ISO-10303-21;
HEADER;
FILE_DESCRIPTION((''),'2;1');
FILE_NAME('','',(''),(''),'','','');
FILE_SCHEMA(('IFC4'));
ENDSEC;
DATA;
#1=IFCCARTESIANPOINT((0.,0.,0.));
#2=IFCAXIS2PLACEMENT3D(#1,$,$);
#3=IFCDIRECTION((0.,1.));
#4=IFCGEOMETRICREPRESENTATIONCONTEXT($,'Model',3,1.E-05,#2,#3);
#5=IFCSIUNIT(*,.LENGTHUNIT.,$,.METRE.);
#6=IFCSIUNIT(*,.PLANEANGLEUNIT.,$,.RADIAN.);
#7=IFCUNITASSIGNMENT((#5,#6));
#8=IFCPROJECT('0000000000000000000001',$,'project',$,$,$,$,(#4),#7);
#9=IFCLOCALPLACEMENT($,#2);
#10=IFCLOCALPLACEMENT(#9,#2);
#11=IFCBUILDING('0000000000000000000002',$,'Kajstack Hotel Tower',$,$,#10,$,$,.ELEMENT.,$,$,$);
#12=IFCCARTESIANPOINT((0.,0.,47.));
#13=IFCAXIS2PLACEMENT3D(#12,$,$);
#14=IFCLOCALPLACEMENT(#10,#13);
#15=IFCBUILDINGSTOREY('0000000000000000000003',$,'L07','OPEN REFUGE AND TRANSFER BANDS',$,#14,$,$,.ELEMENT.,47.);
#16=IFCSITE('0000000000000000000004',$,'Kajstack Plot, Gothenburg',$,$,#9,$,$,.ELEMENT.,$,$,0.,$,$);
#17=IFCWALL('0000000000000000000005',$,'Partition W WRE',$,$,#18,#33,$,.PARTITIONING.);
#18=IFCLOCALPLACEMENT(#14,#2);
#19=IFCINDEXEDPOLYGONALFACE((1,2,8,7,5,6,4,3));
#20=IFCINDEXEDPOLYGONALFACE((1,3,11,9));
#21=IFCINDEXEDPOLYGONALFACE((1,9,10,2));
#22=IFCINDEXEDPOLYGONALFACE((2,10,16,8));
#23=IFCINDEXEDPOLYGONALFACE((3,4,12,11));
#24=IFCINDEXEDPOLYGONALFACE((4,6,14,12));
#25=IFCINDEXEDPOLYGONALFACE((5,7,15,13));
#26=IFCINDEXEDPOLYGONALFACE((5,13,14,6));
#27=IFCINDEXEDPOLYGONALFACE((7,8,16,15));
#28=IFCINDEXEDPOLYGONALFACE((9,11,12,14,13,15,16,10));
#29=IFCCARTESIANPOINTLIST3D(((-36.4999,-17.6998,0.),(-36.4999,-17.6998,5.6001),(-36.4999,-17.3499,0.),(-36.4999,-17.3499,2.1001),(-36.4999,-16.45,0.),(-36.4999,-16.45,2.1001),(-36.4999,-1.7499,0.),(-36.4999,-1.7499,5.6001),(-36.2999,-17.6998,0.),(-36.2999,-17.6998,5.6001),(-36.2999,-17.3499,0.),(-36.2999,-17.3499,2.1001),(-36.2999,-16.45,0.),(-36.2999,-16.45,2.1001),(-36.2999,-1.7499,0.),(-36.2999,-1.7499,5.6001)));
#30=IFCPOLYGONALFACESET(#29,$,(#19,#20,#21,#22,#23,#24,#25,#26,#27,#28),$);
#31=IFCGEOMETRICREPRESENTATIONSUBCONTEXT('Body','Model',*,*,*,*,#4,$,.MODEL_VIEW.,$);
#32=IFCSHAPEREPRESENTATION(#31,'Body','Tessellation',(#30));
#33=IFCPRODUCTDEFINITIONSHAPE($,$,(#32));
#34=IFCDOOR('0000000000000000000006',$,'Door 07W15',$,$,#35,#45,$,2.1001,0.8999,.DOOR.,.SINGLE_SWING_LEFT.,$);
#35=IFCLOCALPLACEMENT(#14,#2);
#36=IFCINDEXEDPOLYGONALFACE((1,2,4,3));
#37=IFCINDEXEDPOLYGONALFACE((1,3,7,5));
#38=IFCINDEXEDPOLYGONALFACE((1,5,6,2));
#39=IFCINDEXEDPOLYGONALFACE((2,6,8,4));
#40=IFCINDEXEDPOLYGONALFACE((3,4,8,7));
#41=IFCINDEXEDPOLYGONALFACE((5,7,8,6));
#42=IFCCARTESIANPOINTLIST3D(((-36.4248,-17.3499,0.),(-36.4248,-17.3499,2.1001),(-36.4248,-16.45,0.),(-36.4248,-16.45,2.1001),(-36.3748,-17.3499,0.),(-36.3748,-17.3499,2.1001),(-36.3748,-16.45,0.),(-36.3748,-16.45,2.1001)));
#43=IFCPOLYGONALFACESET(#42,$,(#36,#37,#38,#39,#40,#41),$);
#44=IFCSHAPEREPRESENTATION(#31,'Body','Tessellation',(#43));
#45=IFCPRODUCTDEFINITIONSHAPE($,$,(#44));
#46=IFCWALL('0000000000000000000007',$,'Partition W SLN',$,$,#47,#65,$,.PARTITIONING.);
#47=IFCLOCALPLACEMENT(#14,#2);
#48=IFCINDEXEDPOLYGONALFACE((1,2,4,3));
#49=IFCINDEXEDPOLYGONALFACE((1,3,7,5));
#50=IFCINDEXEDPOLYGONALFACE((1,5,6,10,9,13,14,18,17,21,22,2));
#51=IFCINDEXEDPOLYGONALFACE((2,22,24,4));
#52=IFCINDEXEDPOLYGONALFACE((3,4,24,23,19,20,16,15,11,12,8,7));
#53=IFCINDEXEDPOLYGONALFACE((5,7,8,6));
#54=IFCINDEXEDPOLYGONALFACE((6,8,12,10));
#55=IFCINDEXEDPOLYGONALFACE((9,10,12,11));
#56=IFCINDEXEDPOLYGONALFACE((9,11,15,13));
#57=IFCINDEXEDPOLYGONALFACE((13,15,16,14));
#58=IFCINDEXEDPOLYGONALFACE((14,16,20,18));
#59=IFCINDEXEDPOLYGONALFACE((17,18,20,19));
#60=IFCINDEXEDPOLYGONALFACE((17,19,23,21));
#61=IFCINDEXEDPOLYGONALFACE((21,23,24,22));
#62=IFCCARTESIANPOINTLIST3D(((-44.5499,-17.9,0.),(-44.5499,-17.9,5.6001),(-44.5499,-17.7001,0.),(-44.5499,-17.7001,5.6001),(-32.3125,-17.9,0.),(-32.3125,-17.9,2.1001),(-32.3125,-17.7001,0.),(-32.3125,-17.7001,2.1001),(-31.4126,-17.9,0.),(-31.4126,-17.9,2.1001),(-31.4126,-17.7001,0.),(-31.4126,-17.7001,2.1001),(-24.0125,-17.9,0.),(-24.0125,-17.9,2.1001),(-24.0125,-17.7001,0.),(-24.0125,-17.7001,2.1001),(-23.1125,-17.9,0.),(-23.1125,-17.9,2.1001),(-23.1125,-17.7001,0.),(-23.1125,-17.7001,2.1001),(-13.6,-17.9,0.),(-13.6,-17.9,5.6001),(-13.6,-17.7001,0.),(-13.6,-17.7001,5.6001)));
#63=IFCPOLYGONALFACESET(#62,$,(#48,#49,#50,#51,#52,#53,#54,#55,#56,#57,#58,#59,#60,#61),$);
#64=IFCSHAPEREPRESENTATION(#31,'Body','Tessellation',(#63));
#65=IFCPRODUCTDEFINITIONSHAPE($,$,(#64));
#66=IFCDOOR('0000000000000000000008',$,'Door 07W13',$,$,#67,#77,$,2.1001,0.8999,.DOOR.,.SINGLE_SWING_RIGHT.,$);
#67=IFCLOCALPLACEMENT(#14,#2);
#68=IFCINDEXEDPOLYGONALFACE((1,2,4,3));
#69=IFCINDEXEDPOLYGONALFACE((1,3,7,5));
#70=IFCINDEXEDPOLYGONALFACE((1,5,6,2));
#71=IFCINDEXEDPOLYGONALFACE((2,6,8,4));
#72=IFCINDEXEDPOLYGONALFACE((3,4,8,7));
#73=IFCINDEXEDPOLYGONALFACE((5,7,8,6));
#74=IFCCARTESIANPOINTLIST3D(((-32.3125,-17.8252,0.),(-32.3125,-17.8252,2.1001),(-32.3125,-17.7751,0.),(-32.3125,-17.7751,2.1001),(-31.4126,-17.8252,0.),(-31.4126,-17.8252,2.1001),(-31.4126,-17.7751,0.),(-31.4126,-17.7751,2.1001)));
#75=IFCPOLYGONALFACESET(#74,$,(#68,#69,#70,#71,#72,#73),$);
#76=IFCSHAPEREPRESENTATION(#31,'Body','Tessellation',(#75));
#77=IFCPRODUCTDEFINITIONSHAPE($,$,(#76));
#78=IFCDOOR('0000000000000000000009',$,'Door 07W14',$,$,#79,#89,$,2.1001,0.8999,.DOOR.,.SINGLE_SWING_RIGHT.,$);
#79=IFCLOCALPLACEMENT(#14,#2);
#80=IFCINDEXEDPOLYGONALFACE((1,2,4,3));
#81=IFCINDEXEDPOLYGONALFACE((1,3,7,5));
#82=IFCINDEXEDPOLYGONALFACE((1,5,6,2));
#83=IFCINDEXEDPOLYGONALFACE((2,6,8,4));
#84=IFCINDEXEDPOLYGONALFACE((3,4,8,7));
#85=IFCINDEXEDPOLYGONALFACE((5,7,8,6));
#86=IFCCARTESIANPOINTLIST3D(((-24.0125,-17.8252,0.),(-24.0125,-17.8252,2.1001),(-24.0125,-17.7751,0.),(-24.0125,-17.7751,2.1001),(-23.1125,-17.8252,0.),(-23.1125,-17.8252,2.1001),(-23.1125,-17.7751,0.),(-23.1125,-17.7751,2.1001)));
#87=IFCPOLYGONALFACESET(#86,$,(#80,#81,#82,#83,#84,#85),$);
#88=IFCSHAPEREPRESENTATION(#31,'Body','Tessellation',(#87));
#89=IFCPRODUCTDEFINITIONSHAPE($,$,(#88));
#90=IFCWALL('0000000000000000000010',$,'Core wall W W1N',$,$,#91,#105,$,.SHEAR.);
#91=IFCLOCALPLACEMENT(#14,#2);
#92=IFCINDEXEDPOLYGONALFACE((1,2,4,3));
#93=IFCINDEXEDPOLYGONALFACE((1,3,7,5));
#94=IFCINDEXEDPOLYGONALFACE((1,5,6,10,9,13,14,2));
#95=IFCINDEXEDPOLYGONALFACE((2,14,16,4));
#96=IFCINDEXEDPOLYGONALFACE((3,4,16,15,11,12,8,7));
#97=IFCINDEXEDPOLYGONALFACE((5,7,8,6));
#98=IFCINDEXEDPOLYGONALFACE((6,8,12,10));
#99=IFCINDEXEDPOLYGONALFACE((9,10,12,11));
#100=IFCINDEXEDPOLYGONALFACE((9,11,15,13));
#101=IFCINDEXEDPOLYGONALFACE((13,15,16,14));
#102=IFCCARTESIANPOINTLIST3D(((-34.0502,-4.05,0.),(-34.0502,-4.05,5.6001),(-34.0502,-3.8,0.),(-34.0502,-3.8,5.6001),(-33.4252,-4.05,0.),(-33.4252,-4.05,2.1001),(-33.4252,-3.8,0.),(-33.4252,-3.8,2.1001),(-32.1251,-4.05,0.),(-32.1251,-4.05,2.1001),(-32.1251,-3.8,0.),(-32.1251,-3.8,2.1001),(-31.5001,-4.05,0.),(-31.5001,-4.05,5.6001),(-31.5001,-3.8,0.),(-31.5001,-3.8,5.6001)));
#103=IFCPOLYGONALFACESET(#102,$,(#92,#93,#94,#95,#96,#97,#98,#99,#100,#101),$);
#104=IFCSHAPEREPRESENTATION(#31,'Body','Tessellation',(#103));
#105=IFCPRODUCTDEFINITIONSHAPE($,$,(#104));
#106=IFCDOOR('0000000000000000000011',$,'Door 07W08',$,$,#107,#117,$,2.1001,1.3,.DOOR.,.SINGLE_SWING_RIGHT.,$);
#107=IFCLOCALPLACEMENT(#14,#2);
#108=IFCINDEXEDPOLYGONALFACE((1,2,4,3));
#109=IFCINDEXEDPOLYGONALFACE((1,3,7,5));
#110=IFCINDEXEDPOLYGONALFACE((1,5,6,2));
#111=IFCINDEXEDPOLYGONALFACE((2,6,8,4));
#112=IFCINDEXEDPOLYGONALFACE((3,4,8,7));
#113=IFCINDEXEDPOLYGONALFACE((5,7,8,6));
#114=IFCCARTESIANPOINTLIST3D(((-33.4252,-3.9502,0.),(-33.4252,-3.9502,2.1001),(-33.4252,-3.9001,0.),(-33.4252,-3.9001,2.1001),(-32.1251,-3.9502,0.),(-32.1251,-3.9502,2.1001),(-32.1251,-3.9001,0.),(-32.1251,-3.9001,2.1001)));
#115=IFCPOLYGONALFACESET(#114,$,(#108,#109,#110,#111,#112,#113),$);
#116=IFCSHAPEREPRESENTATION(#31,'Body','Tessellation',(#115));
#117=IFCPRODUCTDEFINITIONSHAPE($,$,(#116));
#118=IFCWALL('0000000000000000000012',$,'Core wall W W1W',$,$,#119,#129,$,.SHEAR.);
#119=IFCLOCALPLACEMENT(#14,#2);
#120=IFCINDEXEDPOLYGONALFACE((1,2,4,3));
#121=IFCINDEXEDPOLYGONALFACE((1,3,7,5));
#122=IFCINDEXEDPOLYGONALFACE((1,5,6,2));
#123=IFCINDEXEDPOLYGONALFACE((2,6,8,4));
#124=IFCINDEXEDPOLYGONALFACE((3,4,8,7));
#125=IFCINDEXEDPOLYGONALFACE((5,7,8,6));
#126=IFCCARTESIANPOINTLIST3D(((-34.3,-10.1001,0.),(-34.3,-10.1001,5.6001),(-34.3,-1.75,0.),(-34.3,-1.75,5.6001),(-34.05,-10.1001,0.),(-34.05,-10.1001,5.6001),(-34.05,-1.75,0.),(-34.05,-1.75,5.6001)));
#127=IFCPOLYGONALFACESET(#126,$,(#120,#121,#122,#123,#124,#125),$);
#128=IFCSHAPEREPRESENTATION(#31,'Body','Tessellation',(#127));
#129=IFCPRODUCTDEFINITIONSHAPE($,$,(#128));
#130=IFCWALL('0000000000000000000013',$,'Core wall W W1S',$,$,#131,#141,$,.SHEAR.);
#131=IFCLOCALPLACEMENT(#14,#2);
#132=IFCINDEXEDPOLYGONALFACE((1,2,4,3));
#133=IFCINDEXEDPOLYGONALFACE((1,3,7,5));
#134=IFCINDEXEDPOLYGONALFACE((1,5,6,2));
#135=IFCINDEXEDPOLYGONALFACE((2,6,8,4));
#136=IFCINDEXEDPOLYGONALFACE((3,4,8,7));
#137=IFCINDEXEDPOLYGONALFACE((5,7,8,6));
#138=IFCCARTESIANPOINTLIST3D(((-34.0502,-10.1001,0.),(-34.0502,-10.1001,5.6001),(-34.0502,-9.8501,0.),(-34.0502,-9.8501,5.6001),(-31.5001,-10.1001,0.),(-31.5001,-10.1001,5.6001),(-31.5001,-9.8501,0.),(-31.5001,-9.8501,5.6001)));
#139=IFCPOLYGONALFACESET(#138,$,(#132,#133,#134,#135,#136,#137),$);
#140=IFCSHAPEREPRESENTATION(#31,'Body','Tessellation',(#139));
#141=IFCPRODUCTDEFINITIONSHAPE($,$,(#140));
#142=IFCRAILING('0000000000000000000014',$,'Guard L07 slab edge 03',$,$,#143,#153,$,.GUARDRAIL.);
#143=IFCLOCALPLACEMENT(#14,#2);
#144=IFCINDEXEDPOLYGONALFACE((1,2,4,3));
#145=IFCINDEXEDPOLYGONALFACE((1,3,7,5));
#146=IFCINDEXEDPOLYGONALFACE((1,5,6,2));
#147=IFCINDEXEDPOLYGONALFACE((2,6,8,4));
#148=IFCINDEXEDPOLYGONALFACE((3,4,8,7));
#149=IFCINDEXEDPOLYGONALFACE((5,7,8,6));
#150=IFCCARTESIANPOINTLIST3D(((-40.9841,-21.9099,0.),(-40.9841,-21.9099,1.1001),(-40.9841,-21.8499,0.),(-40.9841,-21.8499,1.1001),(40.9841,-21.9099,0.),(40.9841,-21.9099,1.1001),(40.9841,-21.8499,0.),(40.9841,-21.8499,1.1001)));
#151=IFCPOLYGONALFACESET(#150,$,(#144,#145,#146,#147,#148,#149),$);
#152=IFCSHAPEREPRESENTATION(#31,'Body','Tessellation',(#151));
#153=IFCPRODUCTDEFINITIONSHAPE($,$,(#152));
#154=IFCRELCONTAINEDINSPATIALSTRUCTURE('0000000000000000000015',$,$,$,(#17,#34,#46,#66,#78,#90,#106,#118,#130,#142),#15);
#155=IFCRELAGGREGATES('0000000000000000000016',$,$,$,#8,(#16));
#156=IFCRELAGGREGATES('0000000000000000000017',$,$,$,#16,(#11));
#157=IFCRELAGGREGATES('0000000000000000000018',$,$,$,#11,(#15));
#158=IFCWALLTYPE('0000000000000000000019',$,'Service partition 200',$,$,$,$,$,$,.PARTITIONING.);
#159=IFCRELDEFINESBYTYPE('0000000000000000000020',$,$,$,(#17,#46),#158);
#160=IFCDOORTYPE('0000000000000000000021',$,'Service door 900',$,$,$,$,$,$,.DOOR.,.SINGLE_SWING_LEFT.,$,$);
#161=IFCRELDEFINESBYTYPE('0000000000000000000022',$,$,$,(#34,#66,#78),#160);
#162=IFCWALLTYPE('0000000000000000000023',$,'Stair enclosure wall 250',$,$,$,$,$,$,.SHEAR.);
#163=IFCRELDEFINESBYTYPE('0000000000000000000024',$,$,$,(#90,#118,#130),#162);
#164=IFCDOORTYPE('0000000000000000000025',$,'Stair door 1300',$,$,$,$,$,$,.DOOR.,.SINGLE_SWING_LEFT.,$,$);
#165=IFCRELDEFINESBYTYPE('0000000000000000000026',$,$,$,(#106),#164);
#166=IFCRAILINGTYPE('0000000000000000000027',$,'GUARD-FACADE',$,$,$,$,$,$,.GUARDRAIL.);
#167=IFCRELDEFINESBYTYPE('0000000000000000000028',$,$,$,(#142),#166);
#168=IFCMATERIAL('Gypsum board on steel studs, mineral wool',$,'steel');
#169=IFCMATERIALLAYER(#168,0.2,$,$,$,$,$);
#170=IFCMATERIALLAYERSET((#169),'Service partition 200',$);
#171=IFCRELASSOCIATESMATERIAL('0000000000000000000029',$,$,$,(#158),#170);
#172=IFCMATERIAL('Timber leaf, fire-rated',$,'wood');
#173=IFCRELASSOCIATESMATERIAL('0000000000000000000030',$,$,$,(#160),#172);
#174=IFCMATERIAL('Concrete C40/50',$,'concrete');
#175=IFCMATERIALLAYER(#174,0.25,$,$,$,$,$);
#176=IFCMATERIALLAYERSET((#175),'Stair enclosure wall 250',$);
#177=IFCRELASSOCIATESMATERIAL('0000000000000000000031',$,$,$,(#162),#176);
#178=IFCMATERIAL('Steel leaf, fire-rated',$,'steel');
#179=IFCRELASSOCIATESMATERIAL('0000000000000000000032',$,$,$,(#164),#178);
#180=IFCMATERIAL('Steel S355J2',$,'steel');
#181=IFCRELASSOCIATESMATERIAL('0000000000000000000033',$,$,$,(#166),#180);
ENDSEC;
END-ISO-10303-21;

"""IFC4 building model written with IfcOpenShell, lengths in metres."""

from ifc_helpers import new_model, si_unit, direction, frame, frame_2d, origin, place, context, subcontext, project, spatial, polyline, rectangle, outline, extrude, material, layer, layer_set, type_object, element, fill, save


model = new_model("IFC4")

# Units and contexts
model_context = context("Model", 3, precision=1e-05, world=origin(), true_north=direction((0.0, 1.0)))
body_context = subcontext(model_context, "Body", "Model", "MODEL_VIEW")
ifc_project = project(units=[si_unit("LENGTHUNIT", "METRE"), si_unit("PLANEANGLEUNIT", "RADIAN")], contexts=[model_context])

# Site, building, storey
site_placement = place(None, origin())
site = spatial("IfcSite", under=ifc_project, at=site_placement, Name="Kajstack Plot, Gothenburg", CompositionType="ELEMENT", RefElevation=0.0)
building_placement = place(site_placement, origin())
building = spatial("IfcBuilding", under=site, at=building_placement, Name="Kajstack Hotel Tower", CompositionType="ELEMENT")
storey_placement = place(building_placement, frame((0.0, 0.0, 47.0)))
storey = spatial("IfcBuildingStorey", under=building, at=storey_placement, Name="L07", Description="OPEN REFUGE AND TRANSFER BANDS", CompositionType="ELEMENT", Elevation=47.0)

# Wall, opening, door
ifc_material_1 = material(Name="Gypsum board on steel studs, mineral wool", Category="steel")
ifc_layer_1 = layer(ifc_material_1, 0.2)
ifc_layer_set_1 = layer_set([ifc_layer_1], Name="Service partition 200")
wall_type_1 = type_object("IfcWallType", Name="Service partition 200", PredefinedType="PARTITIONING", material=ifc_layer_set_1)
wall_1_placement = place(storey_placement, frame((-36.3999, -17.7, 0.0), z_axis=(0.0, 0.0, 1.0), x_axis=(0.0, 1.0, 0.0)))
wall_1 = element("IfcWall", 1, at=wall_1_placement, inside=storey, type_object=wall_type_1, Name="Partition W WRE", PredefinedType="PARTITIONING", context=body_context, shape_type="SweptSolid", body=[
    extrude(rectangle(XDim=15.95, YDim=0.2, at=frame_2d((7.9751, 0.0))), origin(), (0.0, 0.0, 1.0), 5.6001),
])
opening_1_placement = place(wall_1_placement, frame((0.3501, 0.0, 0.0)))
opening_1 = element("IfcOpeningElement", 2, at=opening_1_placement, cuts=wall_1, PredefinedType="OPENING", context=body_context, shape_type="SweptSolid", body=[
    extrude(rectangle(XDim=0.8999, YDim=2.1001, at=frame_2d((0.45, 1.05))), frame((0.0, 0.1099, 0.0), z_axis=(0.0, -1.0, 0.0), x_axis=(1.0, 0.0, 0.0)), (0.0, 0.0, 1.0), 0.22),
])
ifc_material_2 = material(Name="Timber leaf, fire-rated", Category="wood")
door_type_1 = type_object("IfcDoorType", Name="Service door 900", OperationType="SINGLE_SWING_LEFT", PredefinedType="DOOR", material=ifc_material_2)
door_1_placement = place(opening_1_placement, origin())
door_1 = element("IfcDoor", 3, at=door_1_placement, inside=storey, type_object=door_type_1, Name="Door 07W15", OperationType="SINGLE_SWING_LEFT", OverallHeight=2.1001, OverallWidth=0.8999, PredefinedType="DOOR", context=body_context, shape_type="SweptSolid", body=[
    extrude(rectangle(XDim=0.8999, YDim=2.1001, at=frame_2d((0.45, 1.05))), frame((0.0, 0.0249, 0.0), z_axis=(0.0, -1.0, 0.0), x_axis=(1.0, 0.0, 0.0)), (0.0, 0.0, 1.0), 0.05),
])
fill(opening_1, door_1)

# Wall, openings, doors
wall_2_placement = place(storey_placement, frame((-44.55, -17.8, 0.0), z_axis=(0.0, 0.0, 1.0), x_axis=(1.0, 0.0, 0.0)))
wall_2 = element("IfcWall", 4, at=wall_2_placement, inside=storey, type_object=wall_type_1, Name="Partition W SLN", PredefinedType="PARTITIONING", context=body_context, shape_type="SweptSolid", body=[
    extrude(rectangle(XDim=30.95, YDim=0.2, at=frame_2d((15.4751, 0.0))), origin(), (0.0, 0.0, 1.0), 5.6001),
])
opening_2_placement = place(wall_2_placement, frame((12.2375, 0.0, 0.0)))
opening_2 = element("IfcOpeningElement", 5, at=opening_2_placement, cuts=wall_2, PredefinedType="OPENING", context=body_context, shape_type="SweptSolid", body=[
    extrude(rectangle(XDim=0.8999, YDim=2.1001, at=frame_2d((0.45, 1.05))), frame((0.0, 0.1099, 0.0), z_axis=(0.0, -1.0, 0.0), x_axis=(1.0, 0.0, 0.0)), (0.0, 0.0, 1.0), 0.22),
])
opening_3_placement = place(wall_2_placement, frame((20.5376, 0.0, 0.0)))
opening_3 = element("IfcOpeningElement", 6, at=opening_3_placement, cuts=wall_2, PredefinedType="OPENING", context=body_context, shape_type="SweptSolid", body=[
    extrude(rectangle(XDim=0.8999, YDim=2.1001, at=frame_2d((0.45, 1.05))), frame((0.0, 0.1099, 0.0), z_axis=(0.0, -1.0, 0.0), x_axis=(1.0, 0.0, 0.0)), (0.0, 0.0, 1.0), 0.22),
])
door_2_placement = place(opening_2_placement, origin())
door_2 = element("IfcDoor", 7, at=door_2_placement, inside=storey, type_object=door_type_1, Name="Door 07W13", OperationType="SINGLE_SWING_RIGHT", OverallHeight=2.1001, OverallWidth=0.8999, PredefinedType="DOOR", context=body_context, shape_type="SweptSolid", body=[
    extrude(rectangle(XDim=0.8999, YDim=2.1001, at=frame_2d((0.45, 1.05))), frame((0.0, 0.0249, 0.0), z_axis=(0.0, -1.0, 0.0), x_axis=(1.0, 0.0, 0.0)), (0.0, 0.0, 1.0), 0.05),
])
fill(opening_2, door_2)
door_3_placement = place(opening_3_placement, origin())
door_3 = element("IfcDoor", 8, at=door_3_placement, inside=storey, type_object=door_type_1, Name="Door 07W14", OperationType="SINGLE_SWING_RIGHT", OverallHeight=2.1001, OverallWidth=0.8999, PredefinedType="DOOR", context=body_context, shape_type="SweptSolid", body=[
    extrude(rectangle(XDim=0.8999, YDim=2.1001, at=frame_2d((0.45, 1.05))), frame((0.0, 0.0249, 0.0), z_axis=(0.0, -1.0, 0.0), x_axis=(1.0, 0.0, 0.0)), (0.0, 0.0, 1.0), 0.05),
])
fill(opening_3, door_3)

# Wall, opening, door
ifc_material_3 = material(Name="Concrete C40/50", Category="concrete")
ifc_layer_2 = layer(ifc_material_3, 0.25)
ifc_layer_set_2 = layer_set([ifc_layer_2], Name="Stair enclosure wall 250")
wall_type_2 = type_object("IfcWallType", Name="Stair enclosure wall 250", PredefinedType="SHEAR", material=ifc_layer_set_2)
wall_3_placement = place(storey_placement, frame((-34.05, -3.925, 0.0), z_axis=(0.0, 0.0, 1.0), x_axis=(1.0, 0.0, 0.0)))
wall_3 = element("IfcWall", 9, at=wall_3_placement, inside=storey, type_object=wall_type_2, Name="Core wall W W1N", PredefinedType="SHEAR", context=body_context, shape_type="SweptSolid", body=[
    extrude(rectangle(XDim=2.55, YDim=0.25, at=frame_2d((1.2749, 0.0))), origin(), (0.0, 0.0, 1.0), 5.6001),
])
opening_4_placement = place(wall_3_placement, frame((0.625, 0.0, 0.0)))
opening_4 = element("IfcOpeningElement", 10, at=opening_4_placement, cuts=wall_3, PredefinedType="OPENING", context=body_context, shape_type="SweptSolid", body=[
    extrude(rectangle(XDim=1.3, YDim=2.1001, at=frame_2d((0.6499, 1.05))), frame((0.0, 0.135, 0.0), z_axis=(0.0, -1.0, 0.0), x_axis=(1.0, 0.0, 0.0)), (0.0, 0.0, 1.0), 0.27),
])
ifc_material_4 = material(Name="Steel leaf, fire-rated", Category="steel")
door_type_2 = type_object("IfcDoorType", Name="Stair door 1300", OperationType="SINGLE_SWING_LEFT", PredefinedType="DOOR", material=ifc_material_4)
door_4_placement = place(opening_4_placement, origin())
door_4 = element("IfcDoor", 11, at=door_4_placement, inside=storey, type_object=door_type_2, Name="Door 07W08", OperationType="SINGLE_SWING_RIGHT", OverallHeight=2.1001, OverallWidth=1.3, PredefinedType="DOOR", context=body_context, shape_type="SweptSolid", body=[
    extrude(rectangle(XDim=1.3, YDim=2.1001, at=frame_2d((0.6499, 1.05))), frame((0.0, 0.0249, 0.0), z_axis=(0.0, -1.0, 0.0), x_axis=(1.0, 0.0, 0.0)), (0.0, 0.0, 1.0), 0.05),
])
fill(opening_4, door_4)

# Walls
wall_4_placement = place(storey_placement, frame((-34.175, -10.1001, 0.0), z_axis=(0.0, 0.0, 1.0), x_axis=(0.0, 1.0, 0.0)))
element("IfcWall", 12, at=wall_4_placement, inside=storey, type_object=wall_type_2, Name="Core wall W W1W", PredefinedType="SHEAR", context=body_context, shape_type="SweptSolid", body=[
    extrude(rectangle(XDim=8.3501, YDim=0.25, at=frame_2d((4.175, 0.0))), origin(), (0.0, 0.0, 1.0), 5.6001),
])
wall_5_placement = place(storey_placement, frame((-34.05, -9.9751, 0.0), z_axis=(0.0, 0.0, 1.0), x_axis=(1.0, 0.0, 0.0)))
element("IfcWall", 13, at=wall_5_placement, inside=storey, type_object=wall_type_2, Name="Core wall W W1S", PredefinedType="SHEAR", context=body_context, shape_type="SweptSolid", body=[
    extrude(rectangle(XDim=2.55, YDim=0.25, at=frame_2d((1.2749, 0.0))), origin(), (0.0, 0.0, 1.0), 5.6001),
])

# Railing
ifc_material_5 = material(Name="Steel S355J2", Category="steel")
railing_type_1 = type_object("IfcRailingType", Name="GUARD-FACADE", PredefinedType="GUARDRAIL", material=ifc_material_5)
railing_1_placement = place(storey_placement, frame((-40.9841, -21.8799, 0.0)))
element("IfcRailing", 14, at=railing_1_placement, inside=storey, type_object=railing_type_1, Name="Guard L07 slab edge 03", PredefinedType="GUARDRAIL", context=body_context, shape_type="SweptSolid", body=[
    extrude(outline(polyline([(81.9683, 0.03), (81.9683, -0.03), (0.0, -0.03), (0.0, 0.03), (81.9683, 0.03)])), origin(), (0.0, 0.0, 1.0), 1.1001),
])

save(model, "model.ifc")
